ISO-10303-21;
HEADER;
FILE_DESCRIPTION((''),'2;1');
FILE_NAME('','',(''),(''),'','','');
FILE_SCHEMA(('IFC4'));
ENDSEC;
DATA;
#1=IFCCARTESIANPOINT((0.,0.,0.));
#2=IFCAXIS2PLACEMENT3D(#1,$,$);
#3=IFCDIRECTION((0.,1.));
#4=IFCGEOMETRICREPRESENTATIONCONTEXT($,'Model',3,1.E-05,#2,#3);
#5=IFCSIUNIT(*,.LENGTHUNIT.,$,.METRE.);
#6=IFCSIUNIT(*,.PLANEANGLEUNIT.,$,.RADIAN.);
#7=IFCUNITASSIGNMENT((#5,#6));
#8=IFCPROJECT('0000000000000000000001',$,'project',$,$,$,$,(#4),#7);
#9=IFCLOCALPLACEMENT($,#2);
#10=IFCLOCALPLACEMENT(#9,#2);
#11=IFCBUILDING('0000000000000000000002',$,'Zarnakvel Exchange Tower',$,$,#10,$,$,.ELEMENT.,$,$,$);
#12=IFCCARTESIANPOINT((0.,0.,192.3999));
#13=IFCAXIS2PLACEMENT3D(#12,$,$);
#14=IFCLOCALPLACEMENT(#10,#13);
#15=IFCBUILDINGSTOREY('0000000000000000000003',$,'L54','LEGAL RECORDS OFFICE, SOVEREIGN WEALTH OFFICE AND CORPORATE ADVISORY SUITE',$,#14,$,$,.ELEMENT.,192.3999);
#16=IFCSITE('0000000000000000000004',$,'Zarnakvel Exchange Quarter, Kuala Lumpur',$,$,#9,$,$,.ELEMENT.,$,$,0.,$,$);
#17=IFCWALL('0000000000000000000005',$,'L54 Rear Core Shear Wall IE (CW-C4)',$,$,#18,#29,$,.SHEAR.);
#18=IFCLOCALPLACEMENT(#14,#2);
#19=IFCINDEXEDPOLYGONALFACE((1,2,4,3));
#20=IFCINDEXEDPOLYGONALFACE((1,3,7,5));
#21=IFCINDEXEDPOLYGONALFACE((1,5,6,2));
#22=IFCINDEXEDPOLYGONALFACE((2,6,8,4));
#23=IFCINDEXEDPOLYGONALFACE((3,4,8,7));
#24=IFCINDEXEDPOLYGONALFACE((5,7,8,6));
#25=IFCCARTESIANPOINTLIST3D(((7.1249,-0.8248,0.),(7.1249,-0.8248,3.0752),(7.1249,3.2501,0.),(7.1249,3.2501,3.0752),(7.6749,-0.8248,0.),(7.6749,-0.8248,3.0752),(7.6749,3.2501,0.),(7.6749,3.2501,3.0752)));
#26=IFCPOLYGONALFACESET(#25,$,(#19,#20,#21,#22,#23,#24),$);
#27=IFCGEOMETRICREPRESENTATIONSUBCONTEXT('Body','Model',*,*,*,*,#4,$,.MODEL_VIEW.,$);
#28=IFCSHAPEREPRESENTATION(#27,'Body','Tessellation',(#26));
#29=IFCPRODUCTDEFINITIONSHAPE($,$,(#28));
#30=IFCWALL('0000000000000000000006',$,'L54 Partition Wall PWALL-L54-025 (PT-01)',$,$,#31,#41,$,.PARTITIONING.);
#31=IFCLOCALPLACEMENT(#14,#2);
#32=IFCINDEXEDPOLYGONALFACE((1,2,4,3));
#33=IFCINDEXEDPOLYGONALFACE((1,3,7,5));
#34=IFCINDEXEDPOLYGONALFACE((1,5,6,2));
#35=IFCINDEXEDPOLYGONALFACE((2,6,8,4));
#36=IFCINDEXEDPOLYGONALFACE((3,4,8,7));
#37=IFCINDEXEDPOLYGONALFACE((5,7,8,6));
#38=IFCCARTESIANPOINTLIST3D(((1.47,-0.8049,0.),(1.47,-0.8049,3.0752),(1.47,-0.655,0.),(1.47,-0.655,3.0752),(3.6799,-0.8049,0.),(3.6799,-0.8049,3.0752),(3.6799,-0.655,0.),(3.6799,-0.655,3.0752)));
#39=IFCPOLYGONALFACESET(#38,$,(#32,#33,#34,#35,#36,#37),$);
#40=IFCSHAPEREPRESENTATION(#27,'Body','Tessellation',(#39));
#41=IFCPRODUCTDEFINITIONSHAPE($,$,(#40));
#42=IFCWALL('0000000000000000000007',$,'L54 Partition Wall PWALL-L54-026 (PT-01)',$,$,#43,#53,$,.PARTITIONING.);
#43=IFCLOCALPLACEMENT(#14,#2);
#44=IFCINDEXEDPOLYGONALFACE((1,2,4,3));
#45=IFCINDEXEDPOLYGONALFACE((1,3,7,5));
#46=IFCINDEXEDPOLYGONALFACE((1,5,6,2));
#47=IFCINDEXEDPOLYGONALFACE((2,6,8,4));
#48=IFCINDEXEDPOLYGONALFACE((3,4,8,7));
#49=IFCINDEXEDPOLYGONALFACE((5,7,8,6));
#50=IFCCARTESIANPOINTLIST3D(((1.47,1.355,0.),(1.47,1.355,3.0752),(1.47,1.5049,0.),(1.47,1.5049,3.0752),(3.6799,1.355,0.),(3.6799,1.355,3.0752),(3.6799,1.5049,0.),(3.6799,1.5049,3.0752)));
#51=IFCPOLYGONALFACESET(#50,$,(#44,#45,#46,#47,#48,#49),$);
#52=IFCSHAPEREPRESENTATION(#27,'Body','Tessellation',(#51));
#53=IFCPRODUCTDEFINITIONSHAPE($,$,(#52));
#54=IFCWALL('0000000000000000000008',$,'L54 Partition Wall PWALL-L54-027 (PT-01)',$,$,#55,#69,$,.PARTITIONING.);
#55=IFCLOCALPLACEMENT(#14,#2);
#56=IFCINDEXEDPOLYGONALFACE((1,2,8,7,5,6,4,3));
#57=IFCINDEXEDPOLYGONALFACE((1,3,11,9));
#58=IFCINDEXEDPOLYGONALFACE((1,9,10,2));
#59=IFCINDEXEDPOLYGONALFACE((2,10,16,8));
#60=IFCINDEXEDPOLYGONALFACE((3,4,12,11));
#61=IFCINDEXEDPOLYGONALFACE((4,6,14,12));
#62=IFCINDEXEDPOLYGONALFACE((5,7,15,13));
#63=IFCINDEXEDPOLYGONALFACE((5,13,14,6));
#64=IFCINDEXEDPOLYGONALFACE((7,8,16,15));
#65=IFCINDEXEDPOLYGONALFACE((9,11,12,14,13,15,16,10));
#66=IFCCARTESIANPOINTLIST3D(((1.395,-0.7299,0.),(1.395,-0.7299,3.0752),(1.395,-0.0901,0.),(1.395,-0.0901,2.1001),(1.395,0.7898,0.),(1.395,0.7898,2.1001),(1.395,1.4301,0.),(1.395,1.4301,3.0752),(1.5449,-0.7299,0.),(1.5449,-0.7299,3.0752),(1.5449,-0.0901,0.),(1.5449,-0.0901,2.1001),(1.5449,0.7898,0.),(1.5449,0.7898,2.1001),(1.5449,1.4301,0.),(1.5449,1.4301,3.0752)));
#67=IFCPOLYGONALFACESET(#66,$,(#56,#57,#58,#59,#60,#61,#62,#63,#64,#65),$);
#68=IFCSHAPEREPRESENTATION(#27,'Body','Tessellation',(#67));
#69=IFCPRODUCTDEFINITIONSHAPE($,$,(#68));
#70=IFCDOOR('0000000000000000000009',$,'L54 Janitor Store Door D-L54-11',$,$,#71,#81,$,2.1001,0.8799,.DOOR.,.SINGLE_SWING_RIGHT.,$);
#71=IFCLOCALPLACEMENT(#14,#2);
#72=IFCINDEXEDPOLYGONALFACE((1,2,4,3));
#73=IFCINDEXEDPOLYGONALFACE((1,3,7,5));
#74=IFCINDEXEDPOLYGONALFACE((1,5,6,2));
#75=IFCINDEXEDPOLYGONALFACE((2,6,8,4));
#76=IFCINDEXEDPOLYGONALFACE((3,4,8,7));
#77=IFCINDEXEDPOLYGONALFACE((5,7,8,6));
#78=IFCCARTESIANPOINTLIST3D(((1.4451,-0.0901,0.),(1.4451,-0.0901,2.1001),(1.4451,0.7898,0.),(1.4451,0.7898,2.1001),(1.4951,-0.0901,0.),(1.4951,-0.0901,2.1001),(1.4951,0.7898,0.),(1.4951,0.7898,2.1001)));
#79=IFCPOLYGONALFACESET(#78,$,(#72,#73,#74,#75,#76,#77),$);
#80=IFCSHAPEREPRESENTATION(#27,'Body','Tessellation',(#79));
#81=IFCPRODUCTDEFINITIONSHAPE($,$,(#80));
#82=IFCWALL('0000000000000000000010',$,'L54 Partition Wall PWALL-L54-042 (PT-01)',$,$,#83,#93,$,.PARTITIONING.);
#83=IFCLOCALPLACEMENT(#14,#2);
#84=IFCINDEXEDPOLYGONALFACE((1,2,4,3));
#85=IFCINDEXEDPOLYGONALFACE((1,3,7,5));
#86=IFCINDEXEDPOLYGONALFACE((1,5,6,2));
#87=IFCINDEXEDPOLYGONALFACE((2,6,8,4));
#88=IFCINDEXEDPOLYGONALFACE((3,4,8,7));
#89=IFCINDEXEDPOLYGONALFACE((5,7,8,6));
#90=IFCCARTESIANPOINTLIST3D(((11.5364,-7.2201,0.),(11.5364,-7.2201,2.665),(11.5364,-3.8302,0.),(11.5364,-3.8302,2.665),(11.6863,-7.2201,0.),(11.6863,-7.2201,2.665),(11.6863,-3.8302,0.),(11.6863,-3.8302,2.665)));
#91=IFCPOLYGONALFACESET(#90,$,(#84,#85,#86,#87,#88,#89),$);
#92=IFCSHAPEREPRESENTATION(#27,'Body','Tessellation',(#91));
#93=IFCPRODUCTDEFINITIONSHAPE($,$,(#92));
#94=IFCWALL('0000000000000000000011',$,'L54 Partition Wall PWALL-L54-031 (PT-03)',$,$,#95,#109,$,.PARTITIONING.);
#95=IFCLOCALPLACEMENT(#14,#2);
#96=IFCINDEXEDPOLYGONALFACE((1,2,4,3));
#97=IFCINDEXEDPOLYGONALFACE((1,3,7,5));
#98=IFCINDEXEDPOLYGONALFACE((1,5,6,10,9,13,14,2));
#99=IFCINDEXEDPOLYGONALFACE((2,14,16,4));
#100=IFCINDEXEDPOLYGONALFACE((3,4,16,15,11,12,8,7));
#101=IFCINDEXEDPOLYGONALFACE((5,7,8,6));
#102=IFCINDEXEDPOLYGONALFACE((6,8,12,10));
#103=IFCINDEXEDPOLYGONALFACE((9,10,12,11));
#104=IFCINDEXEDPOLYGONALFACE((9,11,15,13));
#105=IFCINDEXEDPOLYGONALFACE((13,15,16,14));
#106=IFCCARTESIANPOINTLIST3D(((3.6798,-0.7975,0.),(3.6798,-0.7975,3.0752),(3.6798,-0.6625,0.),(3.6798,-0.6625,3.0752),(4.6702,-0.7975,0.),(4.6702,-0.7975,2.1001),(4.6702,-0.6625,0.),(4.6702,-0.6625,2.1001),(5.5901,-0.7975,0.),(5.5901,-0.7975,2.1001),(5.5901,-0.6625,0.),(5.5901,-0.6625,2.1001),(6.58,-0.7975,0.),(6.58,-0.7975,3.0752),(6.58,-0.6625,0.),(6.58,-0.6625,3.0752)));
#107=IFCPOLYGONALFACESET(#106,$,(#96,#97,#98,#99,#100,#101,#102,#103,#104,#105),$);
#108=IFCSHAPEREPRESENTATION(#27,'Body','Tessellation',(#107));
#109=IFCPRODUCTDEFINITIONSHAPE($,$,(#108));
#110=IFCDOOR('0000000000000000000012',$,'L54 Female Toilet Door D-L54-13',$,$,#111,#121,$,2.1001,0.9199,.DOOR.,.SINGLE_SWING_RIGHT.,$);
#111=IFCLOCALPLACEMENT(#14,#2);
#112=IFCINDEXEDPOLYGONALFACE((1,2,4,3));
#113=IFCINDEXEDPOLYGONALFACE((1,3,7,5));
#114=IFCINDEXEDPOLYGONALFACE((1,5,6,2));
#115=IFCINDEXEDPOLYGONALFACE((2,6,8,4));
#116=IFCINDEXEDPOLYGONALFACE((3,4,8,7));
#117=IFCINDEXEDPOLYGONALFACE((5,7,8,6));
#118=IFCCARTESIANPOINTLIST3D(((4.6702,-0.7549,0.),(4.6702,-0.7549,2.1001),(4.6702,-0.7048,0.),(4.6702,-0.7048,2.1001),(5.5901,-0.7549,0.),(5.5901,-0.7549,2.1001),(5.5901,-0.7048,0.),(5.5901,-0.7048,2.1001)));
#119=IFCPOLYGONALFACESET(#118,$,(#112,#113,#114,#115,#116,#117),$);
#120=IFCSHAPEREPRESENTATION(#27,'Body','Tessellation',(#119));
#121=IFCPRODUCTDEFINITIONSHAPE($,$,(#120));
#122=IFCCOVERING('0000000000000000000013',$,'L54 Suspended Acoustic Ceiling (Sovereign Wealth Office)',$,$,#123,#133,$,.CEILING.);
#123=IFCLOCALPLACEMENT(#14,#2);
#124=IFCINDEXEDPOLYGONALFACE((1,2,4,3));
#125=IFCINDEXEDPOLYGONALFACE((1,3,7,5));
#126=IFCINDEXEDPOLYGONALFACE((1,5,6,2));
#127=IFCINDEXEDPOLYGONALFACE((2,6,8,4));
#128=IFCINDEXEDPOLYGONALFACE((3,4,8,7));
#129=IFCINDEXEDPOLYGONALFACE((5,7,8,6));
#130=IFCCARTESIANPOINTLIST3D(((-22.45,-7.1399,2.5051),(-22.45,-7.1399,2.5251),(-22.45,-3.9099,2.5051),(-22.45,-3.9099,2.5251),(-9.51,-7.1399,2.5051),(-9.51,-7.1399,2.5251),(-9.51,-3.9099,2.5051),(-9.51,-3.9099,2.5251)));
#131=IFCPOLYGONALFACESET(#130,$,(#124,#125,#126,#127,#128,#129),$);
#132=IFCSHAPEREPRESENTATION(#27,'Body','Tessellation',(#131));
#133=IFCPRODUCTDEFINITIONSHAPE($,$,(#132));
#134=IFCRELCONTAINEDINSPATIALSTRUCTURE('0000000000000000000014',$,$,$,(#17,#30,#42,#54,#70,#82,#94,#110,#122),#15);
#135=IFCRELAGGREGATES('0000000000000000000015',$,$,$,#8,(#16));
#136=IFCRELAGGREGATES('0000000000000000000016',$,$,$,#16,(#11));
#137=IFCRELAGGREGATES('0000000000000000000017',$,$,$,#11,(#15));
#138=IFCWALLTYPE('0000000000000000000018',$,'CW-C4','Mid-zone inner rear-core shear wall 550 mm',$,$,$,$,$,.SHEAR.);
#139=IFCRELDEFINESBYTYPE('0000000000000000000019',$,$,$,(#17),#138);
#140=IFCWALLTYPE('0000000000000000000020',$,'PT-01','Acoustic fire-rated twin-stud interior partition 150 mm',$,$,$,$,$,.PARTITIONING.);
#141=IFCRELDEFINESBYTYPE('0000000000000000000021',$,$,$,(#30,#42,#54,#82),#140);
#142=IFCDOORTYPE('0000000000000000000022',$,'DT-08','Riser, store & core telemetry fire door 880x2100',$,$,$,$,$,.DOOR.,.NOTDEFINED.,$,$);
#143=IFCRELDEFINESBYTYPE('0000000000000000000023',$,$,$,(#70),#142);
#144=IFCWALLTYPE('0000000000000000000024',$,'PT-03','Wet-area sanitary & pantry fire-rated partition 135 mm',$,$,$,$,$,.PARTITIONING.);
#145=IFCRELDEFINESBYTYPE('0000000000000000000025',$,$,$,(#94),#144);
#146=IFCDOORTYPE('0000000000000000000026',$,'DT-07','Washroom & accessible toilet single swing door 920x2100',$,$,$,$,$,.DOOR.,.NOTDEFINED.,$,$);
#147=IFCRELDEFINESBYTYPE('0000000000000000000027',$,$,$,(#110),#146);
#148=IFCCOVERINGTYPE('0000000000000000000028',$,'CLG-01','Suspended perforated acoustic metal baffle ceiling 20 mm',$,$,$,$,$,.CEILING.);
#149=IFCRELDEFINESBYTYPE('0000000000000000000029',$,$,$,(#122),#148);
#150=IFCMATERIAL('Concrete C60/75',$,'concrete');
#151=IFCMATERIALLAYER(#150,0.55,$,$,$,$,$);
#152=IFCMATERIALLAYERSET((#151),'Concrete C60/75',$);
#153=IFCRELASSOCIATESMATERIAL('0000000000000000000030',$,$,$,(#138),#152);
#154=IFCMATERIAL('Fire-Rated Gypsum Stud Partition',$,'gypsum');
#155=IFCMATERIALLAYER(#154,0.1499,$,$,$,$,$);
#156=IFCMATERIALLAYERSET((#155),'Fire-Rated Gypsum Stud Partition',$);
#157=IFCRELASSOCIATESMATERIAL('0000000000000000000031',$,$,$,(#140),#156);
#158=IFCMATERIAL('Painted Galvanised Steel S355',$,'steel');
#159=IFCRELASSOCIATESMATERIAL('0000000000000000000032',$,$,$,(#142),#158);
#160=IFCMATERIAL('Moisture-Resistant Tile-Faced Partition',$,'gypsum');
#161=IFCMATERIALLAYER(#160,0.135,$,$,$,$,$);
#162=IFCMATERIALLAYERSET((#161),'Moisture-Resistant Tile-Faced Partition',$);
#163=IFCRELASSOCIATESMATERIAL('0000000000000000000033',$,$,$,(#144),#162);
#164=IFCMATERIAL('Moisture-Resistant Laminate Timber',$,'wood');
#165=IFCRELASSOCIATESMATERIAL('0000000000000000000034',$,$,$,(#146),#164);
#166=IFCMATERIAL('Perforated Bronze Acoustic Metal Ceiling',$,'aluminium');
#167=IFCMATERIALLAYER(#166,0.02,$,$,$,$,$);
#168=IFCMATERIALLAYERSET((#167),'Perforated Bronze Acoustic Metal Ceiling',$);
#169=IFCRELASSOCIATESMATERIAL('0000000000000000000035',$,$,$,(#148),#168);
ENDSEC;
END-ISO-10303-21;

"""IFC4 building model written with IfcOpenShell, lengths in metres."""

from ifc_helpers import new_model, si_unit, direction, frame, frame_2d, origin, place, context, subcontext, project, spatial, polyline, rectangle, outline, extrude, source, transform, mapped, material, layer, layer_set, type_object, element, fill, save


model = new_model("IFC4")

# Units and contexts
model_context = context("Model", 3, precision=1e-05, world=origin(), true_north=direction((0.0, 1.0)))
body_context = subcontext(model_context, "Body", "Model", "MODEL_VIEW")
ifc_project = project(units=[si_unit("LENGTHUNIT", "METRE"), si_unit("PLANEANGLEUNIT", "RADIAN")], contexts=[model_context])

# Site, building, storey
site_placement = place(None, origin())
site = spatial("IfcSite", under=ifc_project, at=site_placement, Name="Zarnakvel Exchange Quarter, Kuala Lumpur", CompositionType="ELEMENT", RefElevation=0.0)
building_placement = place(site_placement, origin())
building = spatial("IfcBuilding", under=site, at=building_placement, Name="Zarnakvel Exchange Tower", CompositionType="ELEMENT")
storey_placement = place(building_placement, frame((0.0, 0.0, 192.3999)))
storey = spatial("IfcBuildingStorey", under=building, at=storey_placement, Name="L54", Description="LEGAL RECORDS OFFICE, SOVEREIGN WEALTH OFFICE AND CORPORATE ADVISORY SUITE", CompositionType="ELEMENT", Elevation=192.3999)

# Shared definitions
ifc_material_1 = material(Name="Concrete C60/75", Category="concrete")

# Walls
ifc_layer_1 = layer(ifc_material_1, 0.55)
ifc_layer_set_1 = layer_set([ifc_layer_1], Name="Concrete C60/75")
wall_type_1 = type_object("IfcWallType", Name="CW-C4", Description="Mid-zone inner rear-core shear wall 550 mm", PredefinedType="SHEAR", material=ifc_layer_set_1)
wall_1_placement = place(storey_placement, frame((7.3999, -0.825, 0.0), z_axis=(0.0, 0.0, 1.0), x_axis=(0.0, 1.0, 0.0)))
element("IfcWall", 1, at=wall_1_placement, inside=storey, type_object=wall_type_1, Name="L54 Rear Core Shear Wall IE (CW-C4)", PredefinedType="SHEAR", context=body_context, shape_type="SweptSolid", body=[
    extrude(rectangle(XDim=4.075, YDim=0.55, at=frame_2d((2.0376, 0.0))), origin(), (0.0, 0.0, 1.0), 3.0752),
])
ifc_material_2 = material(Name="Fire-Rated Gypsum Stud Partition", Category="gypsum")
ifc_layer_2 = layer(ifc_material_2, 0.1499)
ifc_layer_set_2 = layer_set([ifc_layer_2], Name="Fire-Rated Gypsum Stud Partition")
wall_type_2 = type_object("IfcWallType", Name="PT-01", Description="Acoustic fire-rated twin-stud interior partition 150 mm", PredefinedType="PARTITIONING", material=ifc_layer_set_2)
for number, where, z_axis, x_axis, name in (
    (2, (3.6799, -0.73, 0.0), (0.0, 0.0, 1.0), (-1.0, 0.0, 0.0), "L54 Partition Wall PWALL-L54-025 (PT-01)"),
    (3, (1.47, 1.4299, 0.0), (0.0, 0.0, 1.0), (1.0, 0.0, 0.0), "L54 Partition Wall PWALL-L54-026 (PT-01)"),
):
    element("IfcWall", number, at=place(storey_placement, frame(where, z_axis=z_axis, x_axis=x_axis)), inside=storey, type_object=wall_type_2, Name=name, PredefinedType="PARTITIONING", context=body_context, shape_type="SweptSolid", body=[
        extrude(rectangle(XDim=2.21, YDim=0.1499, at=frame_2d((1.105, 0.0))), origin(), (0.0, 0.0, 1.0), 3.0752),
    ])

# Wall, opening, door
wall_2_placement = place(storey_placement, frame((1.47, -0.73, 0.0), z_axis=(0.0, 0.0, 1.0), x_axis=(0.0, 1.0, 0.0)))
wall_2 = element("IfcWall", 4, at=wall_2_placement, inside=storey, type_object=wall_type_2, Name="L54 Partition Wall PWALL-L54-027 (PT-01)", PredefinedType="PARTITIONING", context=body_context, shape_type="SweptSolid", body=[
    extrude(rectangle(XDim=2.1599, YDim=0.1499, at=frame_2d((1.0801, 0.0))), origin(), (0.0, 0.0, 1.0), 3.0752),
])
opening_1_placement = place(wall_2_placement, frame((0.6399, 0.0, 0.0)))
opening_1 = element("IfcOpeningElement", 5, at=opening_1_placement, cuts=wall_2, PredefinedType="OPENING", context=body_context, shape_type="SweptSolid", body=[
    extrude(rectangle(XDim=0.8799, YDim=2.1001, at=frame_2d((0.4399, 1.05))), frame((0.0, 0.085, 0.0), z_axis=(0.0, -1.0, 0.0), x_axis=(1.0, 0.0, 0.0)), (0.0, 0.0, 1.0), 0.1699),
])
ifc_material_3 = material(Name="Painted Galvanised Steel S355", Category="steel")
door_type_1 = type_object("IfcDoorType", Name="DT-08", Description="Riser, store & core telemetry fire door 880x2100", OperationType="NOTDEFINED", PredefinedType="DOOR", material=ifc_material_3)
shared_shape_1 = source(origin(), body_context, "Body", "SweptSolid", [
    extrude(rectangle(XDim=0.8799, YDim=2.1001, at=frame_2d((0.4399, 1.05))), frame((0.0, 0.0249, 0.0), z_axis=(0.0, -1.0, 0.0), x_axis=(1.0, 0.0, 0.0)), (0.0, 0.0, 1.0), 0.05),
])
door_1_placement = place(opening_1_placement, origin())
door_1 = element("IfcDoor", 6, at=door_1_placement, inside=storey, type_object=door_type_1, Name="L54 Janitor Store Door D-L54-11", OperationType="SINGLE_SWING_RIGHT", OverallHeight=2.1001, OverallWidth=0.8799, PredefinedType="DOOR", context=body_context, shape_type="MappedRepresentation", body=[
    mapped(shared_shape_1, transform((0.0, 0.0, 0.0), x_axis=(1.0, 0.0, 0.0), y_axis=(0.0, 1.0, 0.0), z_axis=(0.0, 0.0, 1.0), scale=1.0)),
])
fill(opening_1, door_1)

# Wall
wall_3_placement = place(storey_placement, frame((11.6113, -7.22, 0.0), z_axis=(0.0, 0.0, 1.0), x_axis=(0.0, 1.0, 0.0)))
element("IfcWall", 7, at=wall_3_placement, inside=storey, type_object=wall_type_2, Name="L54 Partition Wall PWALL-L54-042 (PT-01)", PredefinedType="PARTITIONING", context=body_context, shape_type="SweptSolid", body=[
    extrude(rectangle(XDim=3.3899, YDim=0.1499, at=frame_2d((1.6948, 0.0))), origin(), (0.0, 0.0, 1.0), 2.665),
])

# Wall, opening, door
ifc_material_4 = material(Name="Moisture-Resistant Tile-Faced Partition", Category="gypsum")
ifc_layer_3 = layer(ifc_material_4, 0.135)
ifc_layer_set_3 = layer_set([ifc_layer_3], Name="Moisture-Resistant Tile-Faced Partition")
wall_type_3 = type_object("IfcWallType", Name="PT-03", Description="Wet-area sanitary & pantry fire-rated partition 135 mm", PredefinedType="PARTITIONING", material=ifc_layer_set_3)
wall_4_placement = place(storey_placement, frame((6.5801, -0.73, 0.0), z_axis=(0.0, 0.0, 1.0), x_axis=(-1.0, 0.0, 0.0)))
wall_4 = element("IfcWall", 8, at=wall_4_placement, inside=storey, type_object=wall_type_3, Name="L54 Partition Wall PWALL-L54-031 (PT-03)", PredefinedType="PARTITIONING", context=body_context, shape_type="SweptSolid", body=[
    extrude(rectangle(XDim=2.9001, YDim=0.135, at=frame_2d((1.4502, 0.0))), origin(), (0.0, 0.0, 1.0), 3.0752),
])
opening_2_placement = place(wall_4_placement, frame((0.99, 0.0, 0.0)))
opening_2 = element("IfcOpeningElement", 9, at=opening_2_placement, cuts=wall_4, PredefinedType="OPENING", context=body_context, shape_type="SweptSolid", body=[
    extrude(rectangle(XDim=0.9199, YDim=2.1001, at=frame_2d((0.46, 1.05))), frame((0.0, 0.0774, 0.0), z_axis=(0.0, -1.0, 0.0), x_axis=(1.0, 0.0, 0.0)), (0.0, 0.0, 1.0), 0.155),
])
ifc_material_5 = material(Name="Moisture-Resistant Laminate Timber", Category="wood")
door_type_2 = type_object("IfcDoorType", Name="DT-07", Description="Washroom & accessible toilet single swing door 920x2100", OperationType="NOTDEFINED", PredefinedType="DOOR", material=ifc_material_5)
shared_shape_2 = source(origin(), body_context, "Body", "SweptSolid", [
    extrude(rectangle(XDim=0.9199, YDim=2.1001, at=frame_2d((0.46, 1.05))), frame((0.0, 0.0249, 0.0), z_axis=(0.0, -1.0, 0.0), x_axis=(1.0, 0.0, 0.0)), (0.0, 0.0, 1.0), 0.05),
])
door_2_placement = place(opening_2_placement, origin())
door_2 = element("IfcDoor", 10, at=door_2_placement, inside=storey, type_object=door_type_2, Name="L54 Female Toilet Door D-L54-13", OperationType="SINGLE_SWING_RIGHT", OverallHeight=2.1001, OverallWidth=0.9199, PredefinedType="DOOR", context=body_context, shape_type="MappedRepresentation", body=[
    mapped(shared_shape_2, transform((0.0, 0.0, 0.0), x_axis=(1.0, 0.0, 0.0), y_axis=(0.0, 1.0, 0.0), z_axis=(0.0, 0.0, 1.0), scale=1.0)),
])
fill(opening_2, door_2)

# Covering
ifc_material_6 = material(Name="Perforated Bronze Acoustic Metal Ceiling", Category="aluminium")
ifc_layer_4 = layer(ifc_material_6, 0.02)
ifc_layer_set_4 = layer_set([ifc_layer_4], Name="Perforated Bronze Acoustic Metal Ceiling")
covering_type_1 = type_object("IfcCoveringType", Name="CLG-01", Description="Suspended perforated acoustic metal baffle ceiling 20 mm", PredefinedType="CEILING", material=ifc_layer_set_4)
covering_1_placement = place(storey_placement, frame((0.0, 0.0, 2.5051)))
element("IfcCovering", 11, at=covering_1_placement, inside=storey, type_object=covering_type_1, Name="L54 Suspended Acoustic Ceiling (Sovereign Wealth Office)", PredefinedType="CEILING", context=body_context, shape_type="SweptSolid", body=[
    extrude(outline(polyline([(-22.45, -3.9099), (-9.51, -3.9099), (-9.51, -7.1399), (-22.45, -7.1399), (-22.45, -3.9099)])), origin(), (0.0, 0.0, 1.0), 0.02),
])

save(model, "model.ifc")
